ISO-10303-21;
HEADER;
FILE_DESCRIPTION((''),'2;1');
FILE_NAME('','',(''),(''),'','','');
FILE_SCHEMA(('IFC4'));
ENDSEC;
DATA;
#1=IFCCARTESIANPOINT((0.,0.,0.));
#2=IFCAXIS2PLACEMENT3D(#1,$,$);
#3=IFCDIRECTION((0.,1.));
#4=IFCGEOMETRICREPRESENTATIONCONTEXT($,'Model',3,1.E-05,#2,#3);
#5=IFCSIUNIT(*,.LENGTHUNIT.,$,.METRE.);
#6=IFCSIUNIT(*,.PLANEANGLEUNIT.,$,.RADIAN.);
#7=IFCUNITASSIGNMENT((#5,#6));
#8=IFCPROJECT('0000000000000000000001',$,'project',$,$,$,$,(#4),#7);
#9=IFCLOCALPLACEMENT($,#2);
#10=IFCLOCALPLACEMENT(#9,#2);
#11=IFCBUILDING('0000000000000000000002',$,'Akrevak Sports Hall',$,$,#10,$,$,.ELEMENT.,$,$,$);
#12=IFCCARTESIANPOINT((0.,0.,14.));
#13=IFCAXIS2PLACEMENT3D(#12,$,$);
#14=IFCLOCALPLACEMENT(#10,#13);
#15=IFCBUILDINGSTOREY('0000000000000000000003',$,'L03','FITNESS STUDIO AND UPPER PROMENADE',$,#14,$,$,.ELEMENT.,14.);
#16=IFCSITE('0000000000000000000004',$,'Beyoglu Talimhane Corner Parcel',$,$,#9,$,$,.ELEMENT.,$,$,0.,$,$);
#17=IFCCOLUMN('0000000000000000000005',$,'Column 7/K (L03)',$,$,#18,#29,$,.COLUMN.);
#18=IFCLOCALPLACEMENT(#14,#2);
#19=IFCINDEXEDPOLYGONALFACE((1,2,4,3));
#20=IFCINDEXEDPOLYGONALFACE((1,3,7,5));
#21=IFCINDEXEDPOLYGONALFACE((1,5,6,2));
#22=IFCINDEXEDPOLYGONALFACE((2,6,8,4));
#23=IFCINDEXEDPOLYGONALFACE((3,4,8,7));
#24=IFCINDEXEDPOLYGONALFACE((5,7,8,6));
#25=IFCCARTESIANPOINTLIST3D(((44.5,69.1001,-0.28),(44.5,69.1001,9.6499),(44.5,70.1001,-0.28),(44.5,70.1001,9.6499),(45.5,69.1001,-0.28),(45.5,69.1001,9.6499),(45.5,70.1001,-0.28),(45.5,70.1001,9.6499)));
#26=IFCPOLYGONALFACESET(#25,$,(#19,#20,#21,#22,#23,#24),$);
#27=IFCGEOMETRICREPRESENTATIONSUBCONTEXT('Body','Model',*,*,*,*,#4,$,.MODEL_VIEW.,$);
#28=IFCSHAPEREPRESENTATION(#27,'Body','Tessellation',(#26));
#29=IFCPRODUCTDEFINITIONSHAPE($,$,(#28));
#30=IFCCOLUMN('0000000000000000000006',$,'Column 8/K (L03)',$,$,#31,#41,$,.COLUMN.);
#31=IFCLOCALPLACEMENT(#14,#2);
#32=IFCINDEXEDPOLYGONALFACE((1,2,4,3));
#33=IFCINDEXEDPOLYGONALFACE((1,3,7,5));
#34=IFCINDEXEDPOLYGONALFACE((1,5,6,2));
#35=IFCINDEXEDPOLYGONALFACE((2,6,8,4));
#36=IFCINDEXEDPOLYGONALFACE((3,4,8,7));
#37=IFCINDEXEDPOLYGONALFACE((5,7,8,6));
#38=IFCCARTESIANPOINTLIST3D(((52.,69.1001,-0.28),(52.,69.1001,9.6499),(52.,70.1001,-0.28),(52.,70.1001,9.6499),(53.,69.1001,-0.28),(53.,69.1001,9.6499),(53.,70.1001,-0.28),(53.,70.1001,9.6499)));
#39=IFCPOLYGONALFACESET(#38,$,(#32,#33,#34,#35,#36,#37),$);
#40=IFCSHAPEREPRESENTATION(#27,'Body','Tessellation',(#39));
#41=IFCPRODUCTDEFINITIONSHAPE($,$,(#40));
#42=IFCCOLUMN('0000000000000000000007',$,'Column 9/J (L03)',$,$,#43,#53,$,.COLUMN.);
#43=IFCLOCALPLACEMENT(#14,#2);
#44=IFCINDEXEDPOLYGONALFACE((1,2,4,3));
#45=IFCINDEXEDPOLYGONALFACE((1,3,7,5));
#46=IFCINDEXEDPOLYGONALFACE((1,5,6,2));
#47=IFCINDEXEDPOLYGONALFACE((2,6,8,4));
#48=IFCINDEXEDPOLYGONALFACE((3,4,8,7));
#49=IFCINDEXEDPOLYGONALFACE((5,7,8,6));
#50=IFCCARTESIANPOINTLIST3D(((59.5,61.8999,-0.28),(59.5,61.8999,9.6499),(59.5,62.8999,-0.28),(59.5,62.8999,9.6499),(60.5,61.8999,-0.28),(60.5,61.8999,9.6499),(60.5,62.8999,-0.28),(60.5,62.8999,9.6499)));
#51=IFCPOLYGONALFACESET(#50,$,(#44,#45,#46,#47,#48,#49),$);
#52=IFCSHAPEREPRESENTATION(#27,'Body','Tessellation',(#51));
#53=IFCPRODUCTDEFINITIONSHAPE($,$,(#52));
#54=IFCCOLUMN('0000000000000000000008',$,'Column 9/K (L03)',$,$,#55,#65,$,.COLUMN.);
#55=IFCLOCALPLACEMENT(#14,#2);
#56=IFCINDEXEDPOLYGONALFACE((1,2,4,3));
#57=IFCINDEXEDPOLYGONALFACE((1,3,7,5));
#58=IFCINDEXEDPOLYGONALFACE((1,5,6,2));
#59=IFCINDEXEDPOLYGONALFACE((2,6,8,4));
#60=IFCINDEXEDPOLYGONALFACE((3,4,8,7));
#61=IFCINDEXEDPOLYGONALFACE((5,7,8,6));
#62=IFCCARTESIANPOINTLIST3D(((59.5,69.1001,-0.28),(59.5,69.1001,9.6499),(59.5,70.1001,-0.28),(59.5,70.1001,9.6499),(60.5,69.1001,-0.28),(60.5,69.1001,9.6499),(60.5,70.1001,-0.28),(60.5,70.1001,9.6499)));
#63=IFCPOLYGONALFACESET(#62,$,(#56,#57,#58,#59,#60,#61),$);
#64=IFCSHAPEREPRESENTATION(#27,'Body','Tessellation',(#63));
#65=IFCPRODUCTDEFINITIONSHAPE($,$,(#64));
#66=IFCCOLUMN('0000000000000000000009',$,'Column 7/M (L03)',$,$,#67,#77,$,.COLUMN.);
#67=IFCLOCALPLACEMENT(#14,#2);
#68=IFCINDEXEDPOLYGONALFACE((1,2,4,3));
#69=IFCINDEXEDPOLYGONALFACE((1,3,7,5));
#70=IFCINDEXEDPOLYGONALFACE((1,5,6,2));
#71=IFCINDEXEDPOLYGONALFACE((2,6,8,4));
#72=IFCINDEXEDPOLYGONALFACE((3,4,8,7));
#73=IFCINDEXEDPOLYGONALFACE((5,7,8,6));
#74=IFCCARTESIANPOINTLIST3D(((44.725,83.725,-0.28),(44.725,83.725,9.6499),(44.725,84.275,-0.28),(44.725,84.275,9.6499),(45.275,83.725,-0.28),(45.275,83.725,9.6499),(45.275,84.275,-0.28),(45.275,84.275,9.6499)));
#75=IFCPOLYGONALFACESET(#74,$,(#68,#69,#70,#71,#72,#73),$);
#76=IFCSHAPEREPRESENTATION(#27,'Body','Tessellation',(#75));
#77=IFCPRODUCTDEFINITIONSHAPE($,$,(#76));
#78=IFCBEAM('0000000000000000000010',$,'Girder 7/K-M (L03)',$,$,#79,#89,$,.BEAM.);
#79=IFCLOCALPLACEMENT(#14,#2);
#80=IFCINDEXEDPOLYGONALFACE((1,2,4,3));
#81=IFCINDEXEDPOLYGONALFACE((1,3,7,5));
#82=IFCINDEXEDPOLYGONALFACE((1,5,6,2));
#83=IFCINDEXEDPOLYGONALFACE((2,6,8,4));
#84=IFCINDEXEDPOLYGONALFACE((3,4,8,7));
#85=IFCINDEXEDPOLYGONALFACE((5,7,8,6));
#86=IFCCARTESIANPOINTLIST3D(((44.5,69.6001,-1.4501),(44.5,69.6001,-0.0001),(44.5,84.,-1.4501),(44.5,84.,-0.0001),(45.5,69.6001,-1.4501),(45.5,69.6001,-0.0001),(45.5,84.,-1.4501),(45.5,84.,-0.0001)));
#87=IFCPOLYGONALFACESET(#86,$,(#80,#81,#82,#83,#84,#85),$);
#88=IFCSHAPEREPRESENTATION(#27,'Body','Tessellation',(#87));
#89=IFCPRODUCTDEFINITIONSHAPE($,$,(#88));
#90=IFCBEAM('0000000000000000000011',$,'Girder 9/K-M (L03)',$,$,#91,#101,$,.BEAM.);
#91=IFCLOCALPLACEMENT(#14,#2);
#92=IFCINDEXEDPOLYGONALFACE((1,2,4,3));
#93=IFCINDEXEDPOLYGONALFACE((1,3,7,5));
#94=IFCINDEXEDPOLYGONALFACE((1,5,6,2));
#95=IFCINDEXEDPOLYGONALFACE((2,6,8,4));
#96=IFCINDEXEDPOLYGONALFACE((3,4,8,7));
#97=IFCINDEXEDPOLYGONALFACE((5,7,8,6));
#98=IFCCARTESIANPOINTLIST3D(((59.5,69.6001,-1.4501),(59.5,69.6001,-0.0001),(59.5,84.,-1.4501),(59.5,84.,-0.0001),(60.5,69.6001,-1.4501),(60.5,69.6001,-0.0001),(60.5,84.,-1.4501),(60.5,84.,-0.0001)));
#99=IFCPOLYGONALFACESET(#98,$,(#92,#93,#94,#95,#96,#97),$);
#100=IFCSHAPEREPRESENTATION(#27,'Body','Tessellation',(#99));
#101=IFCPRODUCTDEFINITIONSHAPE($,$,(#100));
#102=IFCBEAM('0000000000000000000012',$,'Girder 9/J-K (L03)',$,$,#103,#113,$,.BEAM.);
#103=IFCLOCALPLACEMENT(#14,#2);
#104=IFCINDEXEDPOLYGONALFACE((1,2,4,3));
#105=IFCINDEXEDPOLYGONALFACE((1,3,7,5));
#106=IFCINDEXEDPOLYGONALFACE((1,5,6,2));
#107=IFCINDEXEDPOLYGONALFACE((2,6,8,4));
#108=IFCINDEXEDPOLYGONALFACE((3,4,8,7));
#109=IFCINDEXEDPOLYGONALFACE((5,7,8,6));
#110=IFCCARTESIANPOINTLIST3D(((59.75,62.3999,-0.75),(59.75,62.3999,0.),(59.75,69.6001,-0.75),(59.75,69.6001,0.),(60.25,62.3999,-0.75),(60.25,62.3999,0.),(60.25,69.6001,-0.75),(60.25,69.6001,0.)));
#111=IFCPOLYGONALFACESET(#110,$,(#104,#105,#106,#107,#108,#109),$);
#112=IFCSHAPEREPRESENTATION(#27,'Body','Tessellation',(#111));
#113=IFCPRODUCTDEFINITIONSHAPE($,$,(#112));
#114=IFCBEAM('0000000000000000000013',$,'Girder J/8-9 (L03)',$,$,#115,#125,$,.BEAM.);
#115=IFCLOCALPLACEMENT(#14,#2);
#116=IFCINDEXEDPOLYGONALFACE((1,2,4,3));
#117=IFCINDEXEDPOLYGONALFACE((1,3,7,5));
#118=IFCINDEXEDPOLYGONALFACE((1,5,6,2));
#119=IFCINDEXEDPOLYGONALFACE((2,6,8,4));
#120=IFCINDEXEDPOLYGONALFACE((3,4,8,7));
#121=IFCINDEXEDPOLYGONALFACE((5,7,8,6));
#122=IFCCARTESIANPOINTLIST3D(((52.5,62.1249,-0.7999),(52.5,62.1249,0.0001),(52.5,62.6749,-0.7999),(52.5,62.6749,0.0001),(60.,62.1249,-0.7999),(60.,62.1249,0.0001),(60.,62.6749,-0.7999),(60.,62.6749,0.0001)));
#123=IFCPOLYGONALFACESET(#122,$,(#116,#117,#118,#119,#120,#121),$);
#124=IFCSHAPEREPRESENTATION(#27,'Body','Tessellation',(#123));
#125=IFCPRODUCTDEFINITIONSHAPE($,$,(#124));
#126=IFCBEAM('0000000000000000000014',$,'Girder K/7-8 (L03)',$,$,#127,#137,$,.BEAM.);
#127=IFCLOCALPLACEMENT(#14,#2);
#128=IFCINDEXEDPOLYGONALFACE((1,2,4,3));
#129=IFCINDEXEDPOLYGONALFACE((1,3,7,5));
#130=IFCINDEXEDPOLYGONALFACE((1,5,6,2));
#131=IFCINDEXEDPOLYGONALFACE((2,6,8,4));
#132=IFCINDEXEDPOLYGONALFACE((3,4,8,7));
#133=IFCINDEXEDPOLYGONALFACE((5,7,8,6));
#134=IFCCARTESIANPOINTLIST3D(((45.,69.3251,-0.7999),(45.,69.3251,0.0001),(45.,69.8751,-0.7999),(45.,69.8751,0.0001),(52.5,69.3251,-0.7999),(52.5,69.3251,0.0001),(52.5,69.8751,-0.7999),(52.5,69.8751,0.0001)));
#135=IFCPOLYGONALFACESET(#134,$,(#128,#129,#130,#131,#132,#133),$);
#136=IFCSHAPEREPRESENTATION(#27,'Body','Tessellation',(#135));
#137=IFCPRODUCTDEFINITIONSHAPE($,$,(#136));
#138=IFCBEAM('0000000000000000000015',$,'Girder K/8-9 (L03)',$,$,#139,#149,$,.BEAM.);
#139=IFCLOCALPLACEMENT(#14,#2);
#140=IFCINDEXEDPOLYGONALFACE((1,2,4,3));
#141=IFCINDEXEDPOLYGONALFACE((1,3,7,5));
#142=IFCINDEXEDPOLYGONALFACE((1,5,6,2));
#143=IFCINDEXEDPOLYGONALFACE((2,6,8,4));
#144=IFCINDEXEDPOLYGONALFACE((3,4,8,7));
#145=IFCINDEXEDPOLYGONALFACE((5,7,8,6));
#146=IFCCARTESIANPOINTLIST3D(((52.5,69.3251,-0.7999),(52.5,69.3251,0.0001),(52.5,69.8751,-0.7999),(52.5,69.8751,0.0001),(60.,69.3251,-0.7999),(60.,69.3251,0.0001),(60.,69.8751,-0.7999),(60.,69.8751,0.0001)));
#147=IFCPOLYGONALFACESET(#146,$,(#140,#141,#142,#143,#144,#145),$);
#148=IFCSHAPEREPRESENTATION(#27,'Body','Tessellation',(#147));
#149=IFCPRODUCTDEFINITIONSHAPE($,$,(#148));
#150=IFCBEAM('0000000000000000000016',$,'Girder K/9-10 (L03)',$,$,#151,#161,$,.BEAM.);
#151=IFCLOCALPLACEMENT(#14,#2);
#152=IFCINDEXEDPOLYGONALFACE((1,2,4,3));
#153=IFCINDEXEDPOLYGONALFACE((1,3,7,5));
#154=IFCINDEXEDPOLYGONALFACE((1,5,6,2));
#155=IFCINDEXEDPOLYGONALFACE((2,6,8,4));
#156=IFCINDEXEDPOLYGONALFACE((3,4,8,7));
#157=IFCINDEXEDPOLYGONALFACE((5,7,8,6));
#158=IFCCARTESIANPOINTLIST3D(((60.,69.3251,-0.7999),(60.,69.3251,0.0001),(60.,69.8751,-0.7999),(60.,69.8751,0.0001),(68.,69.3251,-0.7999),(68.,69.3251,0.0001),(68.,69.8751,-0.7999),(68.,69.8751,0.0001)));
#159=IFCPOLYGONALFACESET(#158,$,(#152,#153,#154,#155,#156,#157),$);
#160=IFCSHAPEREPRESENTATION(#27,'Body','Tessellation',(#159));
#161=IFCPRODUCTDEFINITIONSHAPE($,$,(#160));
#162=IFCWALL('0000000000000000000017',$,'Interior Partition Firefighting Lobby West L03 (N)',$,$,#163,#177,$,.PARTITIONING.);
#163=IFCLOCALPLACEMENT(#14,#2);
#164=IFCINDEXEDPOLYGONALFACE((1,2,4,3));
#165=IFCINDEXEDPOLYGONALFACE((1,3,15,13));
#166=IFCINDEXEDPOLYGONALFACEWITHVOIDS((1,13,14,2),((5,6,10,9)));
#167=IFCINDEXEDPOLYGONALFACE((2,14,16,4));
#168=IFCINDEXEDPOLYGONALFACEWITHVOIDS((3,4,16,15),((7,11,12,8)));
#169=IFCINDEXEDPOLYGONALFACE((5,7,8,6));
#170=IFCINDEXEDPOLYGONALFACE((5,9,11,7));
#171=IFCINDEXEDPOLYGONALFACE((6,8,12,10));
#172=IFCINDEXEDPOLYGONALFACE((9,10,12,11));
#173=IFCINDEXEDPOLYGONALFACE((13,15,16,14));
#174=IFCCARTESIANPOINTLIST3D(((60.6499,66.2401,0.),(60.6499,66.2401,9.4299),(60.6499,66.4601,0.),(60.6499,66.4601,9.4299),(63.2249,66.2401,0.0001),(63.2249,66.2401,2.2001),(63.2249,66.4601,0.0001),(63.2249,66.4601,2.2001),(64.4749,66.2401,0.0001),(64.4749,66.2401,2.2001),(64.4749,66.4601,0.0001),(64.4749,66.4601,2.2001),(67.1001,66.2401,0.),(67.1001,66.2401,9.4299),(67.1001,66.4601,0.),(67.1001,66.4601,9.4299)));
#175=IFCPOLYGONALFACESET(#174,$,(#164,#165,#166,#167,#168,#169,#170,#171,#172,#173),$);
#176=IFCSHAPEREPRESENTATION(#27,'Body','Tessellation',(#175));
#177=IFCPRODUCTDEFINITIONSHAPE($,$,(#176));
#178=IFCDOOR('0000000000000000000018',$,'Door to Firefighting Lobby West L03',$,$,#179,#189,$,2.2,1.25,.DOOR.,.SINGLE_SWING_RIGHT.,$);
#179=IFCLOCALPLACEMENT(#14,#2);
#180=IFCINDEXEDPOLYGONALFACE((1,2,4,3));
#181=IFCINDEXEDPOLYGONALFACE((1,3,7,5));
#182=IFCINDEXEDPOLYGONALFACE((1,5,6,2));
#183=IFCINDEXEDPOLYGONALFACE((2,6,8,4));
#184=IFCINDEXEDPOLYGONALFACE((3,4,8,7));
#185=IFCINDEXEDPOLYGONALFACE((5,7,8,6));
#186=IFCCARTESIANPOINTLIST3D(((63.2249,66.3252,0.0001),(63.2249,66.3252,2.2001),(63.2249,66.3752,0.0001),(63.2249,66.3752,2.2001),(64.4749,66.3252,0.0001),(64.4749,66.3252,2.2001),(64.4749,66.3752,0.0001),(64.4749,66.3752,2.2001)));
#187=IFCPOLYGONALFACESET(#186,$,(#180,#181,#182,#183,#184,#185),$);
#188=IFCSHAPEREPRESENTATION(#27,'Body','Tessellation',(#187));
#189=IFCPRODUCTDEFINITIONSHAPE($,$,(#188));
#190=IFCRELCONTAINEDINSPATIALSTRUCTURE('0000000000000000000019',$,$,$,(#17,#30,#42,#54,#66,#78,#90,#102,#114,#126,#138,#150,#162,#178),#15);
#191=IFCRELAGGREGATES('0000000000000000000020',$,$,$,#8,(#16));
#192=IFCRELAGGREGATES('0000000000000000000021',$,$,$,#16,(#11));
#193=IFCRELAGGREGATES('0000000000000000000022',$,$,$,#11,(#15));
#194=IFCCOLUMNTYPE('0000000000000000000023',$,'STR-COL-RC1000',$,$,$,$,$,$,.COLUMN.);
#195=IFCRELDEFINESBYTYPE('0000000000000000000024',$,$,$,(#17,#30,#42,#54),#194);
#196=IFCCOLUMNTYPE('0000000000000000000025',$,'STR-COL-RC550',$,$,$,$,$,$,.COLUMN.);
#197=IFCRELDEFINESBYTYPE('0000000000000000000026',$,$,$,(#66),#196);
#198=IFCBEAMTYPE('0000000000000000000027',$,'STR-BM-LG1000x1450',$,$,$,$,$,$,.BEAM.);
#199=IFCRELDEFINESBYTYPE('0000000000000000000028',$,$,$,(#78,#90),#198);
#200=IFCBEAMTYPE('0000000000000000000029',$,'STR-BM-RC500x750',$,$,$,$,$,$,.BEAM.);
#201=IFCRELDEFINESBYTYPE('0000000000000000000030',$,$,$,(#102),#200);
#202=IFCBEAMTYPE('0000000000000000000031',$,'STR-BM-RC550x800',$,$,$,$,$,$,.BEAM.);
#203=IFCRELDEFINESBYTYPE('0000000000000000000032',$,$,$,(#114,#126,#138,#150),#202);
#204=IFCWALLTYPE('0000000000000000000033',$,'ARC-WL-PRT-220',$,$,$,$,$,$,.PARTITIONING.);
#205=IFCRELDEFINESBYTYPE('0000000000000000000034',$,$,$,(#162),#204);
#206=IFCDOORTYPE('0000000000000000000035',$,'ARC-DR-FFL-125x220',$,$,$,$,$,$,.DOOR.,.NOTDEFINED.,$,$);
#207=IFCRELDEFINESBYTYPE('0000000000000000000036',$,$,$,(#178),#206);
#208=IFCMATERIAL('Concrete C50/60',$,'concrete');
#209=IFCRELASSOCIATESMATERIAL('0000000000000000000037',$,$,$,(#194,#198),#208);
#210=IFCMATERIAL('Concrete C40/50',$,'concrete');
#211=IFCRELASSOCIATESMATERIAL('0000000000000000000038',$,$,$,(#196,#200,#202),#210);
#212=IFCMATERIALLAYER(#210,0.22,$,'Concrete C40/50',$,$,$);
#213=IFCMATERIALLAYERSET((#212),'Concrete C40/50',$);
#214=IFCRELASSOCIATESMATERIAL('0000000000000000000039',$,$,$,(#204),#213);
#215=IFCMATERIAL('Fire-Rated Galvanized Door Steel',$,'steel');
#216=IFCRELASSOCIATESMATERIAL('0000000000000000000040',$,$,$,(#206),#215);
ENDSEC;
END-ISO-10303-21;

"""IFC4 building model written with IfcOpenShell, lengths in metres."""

from ifc_helpers import new_model, si_unit, direction, frame, frame_2d, origin, origin_2d, place, context, subcontext, project, spatial, rectangle, extrude, material, layer, layer_set, material_profile, profile_set, type_object, element, fill, save


model = new_model("IFC4")

# Units and contexts
model_context = context("Model", 3, precision=1e-05, world=origin(), true_north=direction((0.0, 1.0)))
body_context = subcontext(model_context, "Body", "Model", "MODEL_VIEW")
ifc_project = project(units=[si_unit("LENGTHUNIT", "METRE"), si_unit("PLANEANGLEUNIT", "RADIAN")], contexts=[model_context])

# Site, building, storey
site_placement = place(None, origin())
site = spatial("IfcSite", under=ifc_project, at=site_placement, Name="Beyoglu Talimhane Corner Parcel", CompositionType="ELEMENT", RefElevation=0.0)
building_placement = place(site_placement, origin())
building = spatial("IfcBuilding", under=site, at=building_placement, Name="Akrevak Sports Hall", CompositionType="ELEMENT")
storey_placement = place(building_placement, frame((0.0, 0.0, 14.0)))
storey = spatial("IfcBuildingStorey", under=building, at=storey_placement, Name="L03", Description="FITNESS STUDIO AND UPPER PROMENADE", CompositionType="ELEMENT", Elevation=14.0)

# Columns
ifc_material_1 = material(Name="Concrete C50/60", Category="concrete")
ifc_material_profile_1 = material_profile(ifc_material_1, rectangle(XDim=1.0, YDim=1.0, at=origin_2d()), Name="RC 1000x1000", Category="concrete")
ifc_profile_set_1 = profile_set([ifc_material_profile_1], Name="Concrete C50/60")
column_type_1 = type_object("IfcColumnType", Name="STR-COL-RC1000", PredefinedType="COLUMN", material=ifc_profile_set_1)
for number, where, z_axis, x_axis, name in (
    (1, (45.0, 69.6001, -0.28), (0.0, 0.0, 1.0), (1.0, 0.0, 0.0), "Column 7/K (L03)"),
    (2, (52.5, 69.6001, -0.28), (0.0, 0.0, 1.0), (1.0, 0.0, 0.0), "Column 8/K (L03)"),
    (3, (60.0, 62.3999, -0.28), (0.0, 0.0, 1.0), (1.0, 0.0, 0.0), "Column 9/J (L03)"),
    (4, (60.0, 69.6001, -0.28), (0.0, 0.0, 1.0), (1.0, 0.0, 0.0), "Column 9/K (L03)"),
):
    element("IfcColumn", number, at=place(storey_placement, frame(where, z_axis=z_axis, x_axis=x_axis)), inside=storey, type_object=column_type_1, Name=name, PredefinedType="COLUMN", context=body_context, shape_type="SweptSolid", body=[
        extrude(rectangle(XDim=1.0, YDim=1.0, at=origin_2d()), origin(), (0.0, 0.0, 1.0), 9.9299),
    ])
ifc_material_2 = material(Name="Concrete C40/50", Category="concrete")
ifc_material_profile_2 = material_profile(ifc_material_2, rectangle(XDim=0.55, YDim=0.55, at=origin_2d()), Name="RC 550x550", Category="concrete")
ifc_profile_set_2 = profile_set([ifc_material_profile_2], Name="Concrete C40/50")
column_type_2 = type_object("IfcColumnType", Name="STR-COL-RC550", PredefinedType="COLUMN", material=ifc_profile_set_2)
column_placement = place(storey_placement, frame((45.0, 84.0, -0.28), z_axis=(0.0, 0.0, 1.0), x_axis=(1.0, 0.0, 0.0)))
element("IfcColumn", 5, at=column_placement, inside=storey, type_object=column_type_2, Name="Column 7/M (L03)", PredefinedType="COLUMN", context=body_context, shape_type="SweptSolid", body=[
    extrude(rectangle(XDim=0.55, YDim=0.55, at=origin_2d()), origin(), (0.0, 0.0, 1.0), 9.9299),
])

# Beams
ifc_material_profile_3 = material_profile(ifc_material_1, rectangle(XDim=1.0, YDim=1.45, at=origin_2d()), Name="BM 1000x1450", Category="concrete")
ifc_profile_set_3 = profile_set([ifc_material_profile_3], Name="Concrete C50/60")
beam_type_1 = type_object("IfcBeamType", Name="STR-BM-LG1000x1450", PredefinedType="BEAM", material=ifc_profile_set_3)
for number, where, z_axis, x_axis, name in (
    (6, (45.0, 69.6001, -0.7251), (0.0, 1.0, 0.0), (-1.0, 0.0, 0.0), "Girder 7/K-M (L03)"),
    (7, (60.0, 69.6001, -0.7251), (0.0, 1.0, 0.0), (-1.0, 0.0, 0.0), "Girder 9/K-M (L03)"),
):
    element("IfcBeam", number, at=place(storey_placement, frame(where, z_axis=z_axis, x_axis=x_axis)), inside=storey, type_object=beam_type_1, Name=name, PredefinedType="BEAM", context=body_context, shape_type="SweptSolid", body=[
        extrude(rectangle(XDim=1.0, YDim=1.45, at=origin_2d()), origin(), (0.0, 0.0, 1.0), 14.3999),
    ])
ifc_material_profile_4 = material_profile(ifc_material_2, rectangle(XDim=0.5, YDim=0.75, at=origin_2d()), Name="BM 500x750", Category="concrete")
ifc_profile_set_4 = profile_set([ifc_material_profile_4], Name="Concrete C40/50")
beam_type_2 = type_object("IfcBeamType", Name="STR-BM-RC500x750", PredefinedType="BEAM", material=ifc_profile_set_4)
beam_1_placement = place(storey_placement, frame((60.0, 62.3999, -0.375), z_axis=(0.0, 1.0, 0.0), x_axis=(-1.0, 0.0, 0.0)))
element("IfcBeam", 8, at=beam_1_placement, inside=storey, type_object=beam_type_2, Name="Girder 9/J-K (L03)", PredefinedType="BEAM", context=body_context, shape_type="SweptSolid", body=[
    extrude(rectangle(XDim=0.5, YDim=0.75, at=origin_2d()), origin(), (0.0, 0.0, 1.0), 7.2002),
])
ifc_material_profile_5 = material_profile(ifc_material_2, rectangle(XDim=0.55, YDim=0.8, at=origin_2d()), Name="BM 550x800", Category="concrete")
ifc_profile_set_5 = profile_set([ifc_material_profile_5], Name="Concrete C40/50")
beam_type_3 = type_object("IfcBeamType", Name="STR-BM-RC550x800", PredefinedType="BEAM", material=ifc_profile_set_5)
for number, where, z_axis, x_axis, name in (
    (9, (52.5, 62.3999, -0.3999), (1.0, 0.0, 0.0), (0.0, 1.0, 0.0), "Girder J/8-9 (L03)"),
    (10, (45.0, 69.6001, -0.3999), (1.0, 0.0, 0.0), (0.0, 1.0, 0.0), "Girder K/7-8 (L03)"),
    (11, (52.5, 69.6001, -0.3999), (1.0, 0.0, 0.0), (0.0, 1.0, 0.0), "Girder K/8-9 (L03)"),
):
    element("IfcBeam", number, at=place(storey_placement, frame(where, z_axis=z_axis, x_axis=x_axis)), inside=storey, type_object=beam_type_3, Name=name, PredefinedType="BEAM", context=body_context, shape_type="SweptSolid", body=[
        extrude(rectangle(XDim=0.55, YDim=0.8, at=origin_2d()), origin(), (0.0, 0.0, 1.0), 7.5),
    ])
beam_2_placement = place(storey_placement, frame((60.0, 69.6001, -0.3999), z_axis=(1.0, 0.0, 0.0), x_axis=(0.0, 1.0, 0.0)))
element("IfcBeam", 12, at=beam_2_placement, inside=storey, type_object=beam_type_3, Name="Girder K/9-10 (L03)", PredefinedType="BEAM", context=body_context, shape_type="SweptSolid", body=[
    extrude(rectangle(XDim=0.55, YDim=0.8, at=origin_2d()), origin(), (0.0, 0.0, 1.0), 8.0),
])

# Wall, opening, door
ifc_layer_1 = layer(ifc_material_2, 0.22, Name="Concrete C40/50")
ifc_layer_set_1 = layer_set([ifc_layer_1], Name="Concrete C40/50")
wall_type_1 = type_object("IfcWallType", Name="ARC-WL-PRT-220", PredefinedType="PARTITIONING", material=ifc_layer_set_1)
wall_1_placement = place(storey_placement, frame((60.6499, 66.3501, 0.0), z_axis=(0.0, 0.0, 1.0), x_axis=(1.0, 0.0, 0.0)))
wall_1 = element("IfcWall", 13, at=wall_1_placement, inside=storey, type_object=wall_type_1, Name="Interior Partition Firefighting Lobby West L03 (N)", PredefinedType="PARTITIONING", context=body_context, shape_type="SweptSolid", body=[
    extrude(rectangle(XDim=6.4502, YDim=0.22, at=frame_2d((3.2251, 0.0))), origin(), (0.0, 0.0, 1.0), 9.4299),
])
opening_1_placement = place(wall_1_placement, frame((2.575, 0.0, 0.0)))
opening_1 = element("IfcOpeningElement", 14, at=opening_1_placement, cuts=wall_1, PredefinedType="OPENING", context=body_context, shape_type="SweptSolid", body=[
    extrude(rectangle(XDim=1.25, YDim=2.2, at=frame_2d((0.625, 1.1001))), frame((0.0, 0.1221, 0.0), z_axis=(0.0, -1.0, 0.0), x_axis=(1.0, 0.0, 0.0)), (0.0, 0.0, 1.0), 0.2439),
])
ifc_material_3 = material(Name="Fire-Rated Galvanized Door Steel", Category="steel")
door_type_1 = type_object("IfcDoorType", Name="ARC-DR-FFL-125x220", OperationType="NOTDEFINED", PredefinedType="DOOR", material=ifc_material_3)
door_1_placement = place(opening_1_placement, frame((1.25, 0.0, 0.0), z_axis=(0.0, 0.0, 1.0), x_axis=(-1.0, 0.0, 0.0)))
door_1 = element("IfcDoor", 15, at=door_1_placement, inside=storey, type_object=door_type_1, Name="Door to Firefighting Lobby West L03", OperationType="SINGLE_SWING_RIGHT", OverallHeight=2.2, OverallWidth=1.25, PredefinedType="DOOR", context=body_context, shape_type="SweptSolid", body=[
    extrude(rectangle(XDim=1.25, YDim=2.2, at=frame_2d((0.625, 1.1001))), frame((0.0, 0.0249, 0.0), z_axis=(0.0, -1.0, 0.0), x_axis=(1.0, 0.0, 0.0)), (0.0, 0.0, 1.0), 0.05),
])
fill(opening_1, door_1)

save(model, "model.ifc")
